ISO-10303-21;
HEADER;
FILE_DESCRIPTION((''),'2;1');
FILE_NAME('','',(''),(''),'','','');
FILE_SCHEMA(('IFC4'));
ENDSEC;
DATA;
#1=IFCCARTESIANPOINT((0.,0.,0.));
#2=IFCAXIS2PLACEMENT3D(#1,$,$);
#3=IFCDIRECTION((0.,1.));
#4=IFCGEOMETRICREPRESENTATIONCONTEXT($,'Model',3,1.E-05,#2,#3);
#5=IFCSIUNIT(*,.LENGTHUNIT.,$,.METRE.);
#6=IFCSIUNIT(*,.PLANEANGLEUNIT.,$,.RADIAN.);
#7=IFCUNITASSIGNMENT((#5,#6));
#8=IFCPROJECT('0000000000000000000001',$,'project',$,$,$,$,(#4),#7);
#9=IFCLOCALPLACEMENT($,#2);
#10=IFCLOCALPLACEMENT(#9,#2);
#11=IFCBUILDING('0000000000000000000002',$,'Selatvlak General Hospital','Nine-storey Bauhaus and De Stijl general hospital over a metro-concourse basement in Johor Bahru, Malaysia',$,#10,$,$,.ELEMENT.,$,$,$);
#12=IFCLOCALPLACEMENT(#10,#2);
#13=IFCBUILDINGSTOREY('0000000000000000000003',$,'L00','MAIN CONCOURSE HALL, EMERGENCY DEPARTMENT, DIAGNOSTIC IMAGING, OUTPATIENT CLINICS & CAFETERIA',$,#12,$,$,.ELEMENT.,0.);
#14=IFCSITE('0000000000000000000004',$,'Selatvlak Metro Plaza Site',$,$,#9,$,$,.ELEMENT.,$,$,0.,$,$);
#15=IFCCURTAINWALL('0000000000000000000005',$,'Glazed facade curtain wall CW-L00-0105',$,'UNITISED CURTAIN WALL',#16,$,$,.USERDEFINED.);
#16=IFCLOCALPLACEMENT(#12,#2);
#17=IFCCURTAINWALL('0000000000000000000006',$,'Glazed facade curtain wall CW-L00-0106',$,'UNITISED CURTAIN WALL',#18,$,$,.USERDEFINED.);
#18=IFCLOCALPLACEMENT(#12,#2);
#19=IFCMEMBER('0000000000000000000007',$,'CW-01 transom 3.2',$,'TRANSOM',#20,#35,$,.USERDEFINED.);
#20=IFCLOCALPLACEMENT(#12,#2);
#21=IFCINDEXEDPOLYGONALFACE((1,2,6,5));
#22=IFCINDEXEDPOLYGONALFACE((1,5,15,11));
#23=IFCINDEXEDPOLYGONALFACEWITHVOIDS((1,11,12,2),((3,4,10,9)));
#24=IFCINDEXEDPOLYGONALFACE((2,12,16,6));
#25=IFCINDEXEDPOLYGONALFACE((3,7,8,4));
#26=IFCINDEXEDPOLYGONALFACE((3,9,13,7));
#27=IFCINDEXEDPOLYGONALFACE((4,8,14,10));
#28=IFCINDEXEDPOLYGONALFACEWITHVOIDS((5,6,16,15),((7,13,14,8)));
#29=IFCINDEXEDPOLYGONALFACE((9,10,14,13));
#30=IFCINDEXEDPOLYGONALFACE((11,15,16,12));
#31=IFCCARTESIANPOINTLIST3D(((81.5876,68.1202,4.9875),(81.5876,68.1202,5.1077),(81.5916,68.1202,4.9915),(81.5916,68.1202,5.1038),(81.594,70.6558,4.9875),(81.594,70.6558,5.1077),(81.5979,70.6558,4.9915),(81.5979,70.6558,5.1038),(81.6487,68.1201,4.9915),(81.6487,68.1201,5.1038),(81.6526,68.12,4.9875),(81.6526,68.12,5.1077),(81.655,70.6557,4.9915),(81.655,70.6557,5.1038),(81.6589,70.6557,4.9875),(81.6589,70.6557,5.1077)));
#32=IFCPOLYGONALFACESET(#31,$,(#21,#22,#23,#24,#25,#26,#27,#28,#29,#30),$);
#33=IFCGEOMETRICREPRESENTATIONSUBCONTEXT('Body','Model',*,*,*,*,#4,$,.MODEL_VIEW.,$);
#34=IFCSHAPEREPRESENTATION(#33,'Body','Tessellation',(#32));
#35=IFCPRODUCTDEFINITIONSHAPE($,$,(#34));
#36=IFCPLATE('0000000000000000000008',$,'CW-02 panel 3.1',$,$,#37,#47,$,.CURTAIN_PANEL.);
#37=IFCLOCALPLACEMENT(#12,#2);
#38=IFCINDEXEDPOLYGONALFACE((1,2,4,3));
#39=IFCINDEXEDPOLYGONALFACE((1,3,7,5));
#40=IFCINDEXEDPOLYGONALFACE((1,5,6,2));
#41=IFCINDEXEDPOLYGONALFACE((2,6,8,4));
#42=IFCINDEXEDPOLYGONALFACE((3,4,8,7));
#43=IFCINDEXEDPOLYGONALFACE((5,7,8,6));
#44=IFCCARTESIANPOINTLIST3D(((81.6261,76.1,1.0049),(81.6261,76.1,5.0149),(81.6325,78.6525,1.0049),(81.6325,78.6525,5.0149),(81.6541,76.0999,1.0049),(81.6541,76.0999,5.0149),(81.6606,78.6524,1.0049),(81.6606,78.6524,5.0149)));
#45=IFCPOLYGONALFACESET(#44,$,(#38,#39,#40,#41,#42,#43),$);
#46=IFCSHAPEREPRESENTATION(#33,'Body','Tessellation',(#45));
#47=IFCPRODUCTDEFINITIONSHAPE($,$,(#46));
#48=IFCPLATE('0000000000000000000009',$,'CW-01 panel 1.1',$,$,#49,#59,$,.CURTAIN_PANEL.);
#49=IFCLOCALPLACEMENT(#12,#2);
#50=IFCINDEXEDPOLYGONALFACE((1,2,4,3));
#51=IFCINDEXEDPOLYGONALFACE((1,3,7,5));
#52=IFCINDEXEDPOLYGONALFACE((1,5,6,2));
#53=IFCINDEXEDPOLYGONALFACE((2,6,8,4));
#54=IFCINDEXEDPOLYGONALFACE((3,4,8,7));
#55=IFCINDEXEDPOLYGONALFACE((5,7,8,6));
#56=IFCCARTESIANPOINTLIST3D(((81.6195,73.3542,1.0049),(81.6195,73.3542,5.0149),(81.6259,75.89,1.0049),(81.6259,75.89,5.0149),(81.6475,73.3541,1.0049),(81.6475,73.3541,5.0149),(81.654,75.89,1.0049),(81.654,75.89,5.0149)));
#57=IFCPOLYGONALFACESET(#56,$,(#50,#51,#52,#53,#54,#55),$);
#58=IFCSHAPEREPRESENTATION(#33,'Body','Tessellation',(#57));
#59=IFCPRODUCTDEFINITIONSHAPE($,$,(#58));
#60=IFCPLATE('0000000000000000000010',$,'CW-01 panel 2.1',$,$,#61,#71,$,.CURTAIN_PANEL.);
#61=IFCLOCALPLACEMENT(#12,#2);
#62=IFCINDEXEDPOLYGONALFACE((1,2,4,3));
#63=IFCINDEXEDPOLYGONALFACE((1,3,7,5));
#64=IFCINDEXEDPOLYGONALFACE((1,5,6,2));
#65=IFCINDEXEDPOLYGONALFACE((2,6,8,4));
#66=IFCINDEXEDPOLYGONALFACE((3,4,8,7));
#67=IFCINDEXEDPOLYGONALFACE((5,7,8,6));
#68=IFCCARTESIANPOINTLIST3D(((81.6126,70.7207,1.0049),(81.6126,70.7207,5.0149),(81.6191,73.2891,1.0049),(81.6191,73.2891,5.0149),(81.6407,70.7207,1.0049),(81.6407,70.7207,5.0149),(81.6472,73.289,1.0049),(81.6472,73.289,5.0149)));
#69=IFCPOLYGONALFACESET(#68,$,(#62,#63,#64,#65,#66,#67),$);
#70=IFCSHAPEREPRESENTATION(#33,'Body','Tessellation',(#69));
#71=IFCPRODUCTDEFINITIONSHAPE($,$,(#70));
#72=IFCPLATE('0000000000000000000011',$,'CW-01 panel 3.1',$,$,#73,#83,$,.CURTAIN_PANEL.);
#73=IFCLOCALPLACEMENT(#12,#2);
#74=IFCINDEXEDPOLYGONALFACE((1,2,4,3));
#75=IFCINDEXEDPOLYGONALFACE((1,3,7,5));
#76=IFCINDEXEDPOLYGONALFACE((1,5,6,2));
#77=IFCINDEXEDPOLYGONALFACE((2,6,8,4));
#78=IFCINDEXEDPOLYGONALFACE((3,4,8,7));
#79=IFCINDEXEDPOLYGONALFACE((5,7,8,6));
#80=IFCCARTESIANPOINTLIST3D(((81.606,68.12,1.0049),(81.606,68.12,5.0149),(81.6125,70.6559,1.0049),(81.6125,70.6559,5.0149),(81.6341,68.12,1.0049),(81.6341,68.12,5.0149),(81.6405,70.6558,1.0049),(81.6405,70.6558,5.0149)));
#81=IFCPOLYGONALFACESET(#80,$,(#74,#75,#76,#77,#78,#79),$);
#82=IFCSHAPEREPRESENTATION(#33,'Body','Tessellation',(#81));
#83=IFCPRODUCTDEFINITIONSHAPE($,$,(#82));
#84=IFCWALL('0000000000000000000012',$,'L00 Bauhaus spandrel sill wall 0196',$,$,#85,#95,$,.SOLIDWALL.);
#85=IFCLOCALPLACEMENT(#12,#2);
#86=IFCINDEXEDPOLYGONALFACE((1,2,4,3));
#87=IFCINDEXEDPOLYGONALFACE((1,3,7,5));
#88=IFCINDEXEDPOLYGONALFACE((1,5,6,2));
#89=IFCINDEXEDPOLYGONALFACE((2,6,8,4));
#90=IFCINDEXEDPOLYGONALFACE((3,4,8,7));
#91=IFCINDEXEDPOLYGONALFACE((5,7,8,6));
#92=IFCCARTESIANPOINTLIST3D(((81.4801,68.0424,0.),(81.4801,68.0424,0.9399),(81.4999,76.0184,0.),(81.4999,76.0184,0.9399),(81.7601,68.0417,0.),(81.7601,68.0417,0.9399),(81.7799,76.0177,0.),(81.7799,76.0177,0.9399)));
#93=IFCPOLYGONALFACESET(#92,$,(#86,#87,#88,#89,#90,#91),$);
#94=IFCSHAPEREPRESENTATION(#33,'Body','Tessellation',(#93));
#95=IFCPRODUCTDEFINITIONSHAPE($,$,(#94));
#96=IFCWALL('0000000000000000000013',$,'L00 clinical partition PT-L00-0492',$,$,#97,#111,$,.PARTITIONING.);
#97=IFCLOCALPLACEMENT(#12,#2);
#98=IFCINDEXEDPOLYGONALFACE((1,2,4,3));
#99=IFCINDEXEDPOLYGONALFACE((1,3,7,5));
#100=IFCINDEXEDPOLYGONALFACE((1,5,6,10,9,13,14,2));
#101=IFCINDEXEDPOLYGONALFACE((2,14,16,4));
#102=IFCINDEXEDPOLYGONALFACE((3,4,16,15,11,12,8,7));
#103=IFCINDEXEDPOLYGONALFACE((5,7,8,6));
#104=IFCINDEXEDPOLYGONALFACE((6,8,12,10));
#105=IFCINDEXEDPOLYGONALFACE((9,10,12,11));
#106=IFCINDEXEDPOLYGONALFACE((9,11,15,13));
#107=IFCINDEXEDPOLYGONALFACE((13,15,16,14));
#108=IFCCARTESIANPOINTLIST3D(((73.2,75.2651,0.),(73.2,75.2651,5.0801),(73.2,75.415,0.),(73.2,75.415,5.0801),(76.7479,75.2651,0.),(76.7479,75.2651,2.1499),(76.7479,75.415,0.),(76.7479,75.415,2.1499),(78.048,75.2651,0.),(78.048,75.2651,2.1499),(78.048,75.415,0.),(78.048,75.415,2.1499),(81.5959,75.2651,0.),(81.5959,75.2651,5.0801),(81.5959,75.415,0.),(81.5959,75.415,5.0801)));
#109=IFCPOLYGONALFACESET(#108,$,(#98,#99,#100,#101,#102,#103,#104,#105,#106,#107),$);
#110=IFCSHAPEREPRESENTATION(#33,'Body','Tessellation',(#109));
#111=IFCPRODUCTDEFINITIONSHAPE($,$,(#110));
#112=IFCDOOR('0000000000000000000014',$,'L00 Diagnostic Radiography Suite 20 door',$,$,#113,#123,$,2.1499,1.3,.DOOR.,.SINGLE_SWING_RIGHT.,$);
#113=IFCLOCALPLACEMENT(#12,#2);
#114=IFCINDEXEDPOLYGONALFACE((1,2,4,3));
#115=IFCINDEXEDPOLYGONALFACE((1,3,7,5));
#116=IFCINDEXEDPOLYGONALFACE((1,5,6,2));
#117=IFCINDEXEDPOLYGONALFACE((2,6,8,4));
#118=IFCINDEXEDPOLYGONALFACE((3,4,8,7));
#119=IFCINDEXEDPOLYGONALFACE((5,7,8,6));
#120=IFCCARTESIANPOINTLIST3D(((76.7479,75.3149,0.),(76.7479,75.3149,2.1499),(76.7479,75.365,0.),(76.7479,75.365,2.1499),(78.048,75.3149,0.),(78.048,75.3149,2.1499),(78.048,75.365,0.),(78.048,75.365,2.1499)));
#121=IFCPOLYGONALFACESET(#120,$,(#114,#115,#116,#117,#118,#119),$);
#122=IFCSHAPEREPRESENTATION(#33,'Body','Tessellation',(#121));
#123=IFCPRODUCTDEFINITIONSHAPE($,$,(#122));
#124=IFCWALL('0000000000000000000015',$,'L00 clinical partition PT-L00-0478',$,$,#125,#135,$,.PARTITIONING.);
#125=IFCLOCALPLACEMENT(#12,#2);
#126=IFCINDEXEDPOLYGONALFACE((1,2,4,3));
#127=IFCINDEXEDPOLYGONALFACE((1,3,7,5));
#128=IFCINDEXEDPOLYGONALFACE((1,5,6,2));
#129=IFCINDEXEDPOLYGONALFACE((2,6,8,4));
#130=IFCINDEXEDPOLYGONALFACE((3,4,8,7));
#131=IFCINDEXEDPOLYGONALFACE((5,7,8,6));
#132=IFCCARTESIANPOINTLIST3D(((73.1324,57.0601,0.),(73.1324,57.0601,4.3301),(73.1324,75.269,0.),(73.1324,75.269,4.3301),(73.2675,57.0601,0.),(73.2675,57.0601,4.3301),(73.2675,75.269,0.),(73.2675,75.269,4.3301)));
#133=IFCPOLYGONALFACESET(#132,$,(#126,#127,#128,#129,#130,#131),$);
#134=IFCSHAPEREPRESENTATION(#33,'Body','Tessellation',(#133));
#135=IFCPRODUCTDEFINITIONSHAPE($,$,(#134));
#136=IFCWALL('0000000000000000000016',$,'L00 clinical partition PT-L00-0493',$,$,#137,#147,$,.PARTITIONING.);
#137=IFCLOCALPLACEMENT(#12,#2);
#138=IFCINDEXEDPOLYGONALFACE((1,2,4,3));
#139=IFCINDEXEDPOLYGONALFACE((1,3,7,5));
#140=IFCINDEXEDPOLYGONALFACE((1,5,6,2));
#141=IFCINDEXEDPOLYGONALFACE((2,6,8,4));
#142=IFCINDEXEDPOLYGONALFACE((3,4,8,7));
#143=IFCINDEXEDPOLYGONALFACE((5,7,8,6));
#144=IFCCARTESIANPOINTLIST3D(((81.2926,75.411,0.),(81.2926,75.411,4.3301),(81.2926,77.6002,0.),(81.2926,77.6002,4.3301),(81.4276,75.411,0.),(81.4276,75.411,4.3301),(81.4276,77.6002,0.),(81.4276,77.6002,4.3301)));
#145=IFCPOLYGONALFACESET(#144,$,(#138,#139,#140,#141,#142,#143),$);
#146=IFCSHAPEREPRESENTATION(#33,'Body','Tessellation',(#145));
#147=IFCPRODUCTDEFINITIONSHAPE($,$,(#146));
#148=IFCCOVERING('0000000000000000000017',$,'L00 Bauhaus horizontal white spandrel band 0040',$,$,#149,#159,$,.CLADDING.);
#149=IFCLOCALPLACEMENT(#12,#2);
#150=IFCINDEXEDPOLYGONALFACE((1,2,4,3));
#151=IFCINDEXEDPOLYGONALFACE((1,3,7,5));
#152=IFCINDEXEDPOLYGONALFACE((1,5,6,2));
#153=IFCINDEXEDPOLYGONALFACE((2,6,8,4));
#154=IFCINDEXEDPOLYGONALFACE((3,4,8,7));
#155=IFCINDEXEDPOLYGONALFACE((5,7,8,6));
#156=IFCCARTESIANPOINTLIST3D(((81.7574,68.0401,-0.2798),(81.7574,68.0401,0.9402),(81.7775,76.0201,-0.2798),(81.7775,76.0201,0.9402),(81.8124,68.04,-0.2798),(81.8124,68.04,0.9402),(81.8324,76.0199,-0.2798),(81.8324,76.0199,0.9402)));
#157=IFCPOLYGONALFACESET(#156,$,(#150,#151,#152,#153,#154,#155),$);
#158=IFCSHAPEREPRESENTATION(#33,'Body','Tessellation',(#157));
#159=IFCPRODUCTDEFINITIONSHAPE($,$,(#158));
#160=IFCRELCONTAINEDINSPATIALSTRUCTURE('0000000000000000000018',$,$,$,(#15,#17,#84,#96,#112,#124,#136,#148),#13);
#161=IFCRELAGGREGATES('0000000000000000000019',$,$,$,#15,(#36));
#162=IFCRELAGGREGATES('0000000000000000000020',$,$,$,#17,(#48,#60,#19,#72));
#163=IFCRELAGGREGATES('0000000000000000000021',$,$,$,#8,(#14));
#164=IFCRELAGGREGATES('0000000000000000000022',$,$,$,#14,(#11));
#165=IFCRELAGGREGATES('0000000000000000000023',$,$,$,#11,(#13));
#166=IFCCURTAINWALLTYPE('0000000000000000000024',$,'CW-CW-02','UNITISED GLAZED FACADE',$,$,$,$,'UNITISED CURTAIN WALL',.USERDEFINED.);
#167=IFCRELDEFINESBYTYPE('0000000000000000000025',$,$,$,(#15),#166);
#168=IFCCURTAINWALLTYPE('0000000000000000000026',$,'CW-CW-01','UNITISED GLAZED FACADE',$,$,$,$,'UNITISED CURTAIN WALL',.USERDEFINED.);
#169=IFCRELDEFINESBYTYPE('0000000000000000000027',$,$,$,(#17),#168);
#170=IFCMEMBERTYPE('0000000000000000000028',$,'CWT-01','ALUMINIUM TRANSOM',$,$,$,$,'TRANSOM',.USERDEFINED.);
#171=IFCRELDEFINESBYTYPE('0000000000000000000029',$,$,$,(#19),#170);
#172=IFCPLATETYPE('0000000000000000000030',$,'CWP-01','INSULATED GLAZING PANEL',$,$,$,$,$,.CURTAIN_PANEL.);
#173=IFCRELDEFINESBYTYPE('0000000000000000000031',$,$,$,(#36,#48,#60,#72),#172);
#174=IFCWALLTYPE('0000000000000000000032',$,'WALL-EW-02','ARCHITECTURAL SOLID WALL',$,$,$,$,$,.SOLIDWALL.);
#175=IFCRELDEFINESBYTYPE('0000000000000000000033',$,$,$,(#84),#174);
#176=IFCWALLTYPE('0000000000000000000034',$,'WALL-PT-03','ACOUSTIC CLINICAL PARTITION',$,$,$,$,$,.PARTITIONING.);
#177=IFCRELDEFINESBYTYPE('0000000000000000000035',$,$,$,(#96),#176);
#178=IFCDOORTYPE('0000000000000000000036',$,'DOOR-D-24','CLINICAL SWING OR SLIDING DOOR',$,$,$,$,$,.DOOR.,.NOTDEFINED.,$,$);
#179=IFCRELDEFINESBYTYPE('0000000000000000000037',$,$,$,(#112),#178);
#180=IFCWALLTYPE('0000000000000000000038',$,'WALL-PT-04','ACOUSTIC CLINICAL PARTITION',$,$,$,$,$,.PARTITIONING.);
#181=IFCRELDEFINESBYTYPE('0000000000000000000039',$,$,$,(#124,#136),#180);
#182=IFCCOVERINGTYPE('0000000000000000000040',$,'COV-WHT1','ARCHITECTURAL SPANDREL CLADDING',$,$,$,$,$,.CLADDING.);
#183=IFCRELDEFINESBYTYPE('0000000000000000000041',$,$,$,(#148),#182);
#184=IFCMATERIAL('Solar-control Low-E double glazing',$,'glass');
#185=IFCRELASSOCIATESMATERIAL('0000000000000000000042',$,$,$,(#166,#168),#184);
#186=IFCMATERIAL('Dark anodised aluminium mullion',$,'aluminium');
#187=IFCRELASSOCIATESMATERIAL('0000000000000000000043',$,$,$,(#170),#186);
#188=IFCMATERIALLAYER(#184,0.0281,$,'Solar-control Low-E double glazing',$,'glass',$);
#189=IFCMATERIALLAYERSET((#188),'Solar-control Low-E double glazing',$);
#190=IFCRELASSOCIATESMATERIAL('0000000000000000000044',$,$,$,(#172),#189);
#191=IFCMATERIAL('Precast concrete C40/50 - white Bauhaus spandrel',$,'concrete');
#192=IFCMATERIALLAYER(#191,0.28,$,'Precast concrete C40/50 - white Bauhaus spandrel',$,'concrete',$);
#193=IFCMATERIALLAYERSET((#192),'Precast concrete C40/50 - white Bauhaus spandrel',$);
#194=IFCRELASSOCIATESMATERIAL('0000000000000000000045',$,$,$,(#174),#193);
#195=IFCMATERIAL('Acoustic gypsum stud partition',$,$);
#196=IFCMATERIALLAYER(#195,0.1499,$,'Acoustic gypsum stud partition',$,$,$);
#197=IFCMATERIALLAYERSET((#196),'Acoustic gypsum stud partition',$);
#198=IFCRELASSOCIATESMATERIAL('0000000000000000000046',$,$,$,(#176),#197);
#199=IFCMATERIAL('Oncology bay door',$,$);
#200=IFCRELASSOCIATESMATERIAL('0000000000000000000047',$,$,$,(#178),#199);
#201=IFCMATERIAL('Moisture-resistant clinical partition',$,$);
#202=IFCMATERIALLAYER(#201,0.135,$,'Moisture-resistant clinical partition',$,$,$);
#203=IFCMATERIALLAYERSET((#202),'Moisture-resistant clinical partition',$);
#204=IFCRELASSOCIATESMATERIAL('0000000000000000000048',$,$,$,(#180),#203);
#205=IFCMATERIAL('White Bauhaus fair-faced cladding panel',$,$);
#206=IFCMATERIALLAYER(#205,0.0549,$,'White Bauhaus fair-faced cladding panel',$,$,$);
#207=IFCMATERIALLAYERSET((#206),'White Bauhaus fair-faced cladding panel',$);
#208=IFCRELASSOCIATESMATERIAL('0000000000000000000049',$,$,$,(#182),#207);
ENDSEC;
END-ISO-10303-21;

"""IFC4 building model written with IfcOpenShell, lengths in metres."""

from ifc_helpers import new_model, si_unit, direction, frame, frame_2d, origin, origin_2d, place, context, subcontext, project, spatial, rectangle, hollow_rectangle, extrude, material, layer, layer_set, material_profile, profile_set, type_object, element, fill, aggregate, save


model = new_model("IFC4")

# Units and contexts
model_context = context("Model", 3, precision=1e-05, world=origin(), true_north=direction((0.0, 1.0)))
body_context = subcontext(model_context, "Body", "Model", "MODEL_VIEW")
ifc_project = project(units=[si_unit("LENGTHUNIT", "METRE"), si_unit("PLANEANGLEUNIT", "RADIAN")], contexts=[model_context])

# Site, building, storey
site_placement = place(None, origin())
site = spatial("IfcSite", under=ifc_project, at=site_placement, Name="Selatvlak Metro Plaza Site", CompositionType="ELEMENT", RefElevation=0.0)
building_placement = place(site_placement, origin())
building = spatial("IfcBuilding", under=site, at=building_placement, Name="Selatvlak General Hospital", Description="Nine-storey Bauhaus and De Stijl general hospital over a metro-concourse basement in Johor Bahru, Malaysia", CompositionType="ELEMENT")
storey_placement = place(building_placement, origin())
storey = spatial("IfcBuildingStorey", under=building, at=storey_placement, Name="L00", Description="MAIN CONCOURSE HALL, EMERGENCY DEPARTMENT, DIAGNOSTIC IMAGING, OUTPATIENT CLINICS & CAFETERIA", CompositionType="ELEMENT", Elevation=0.0)

# Curtain wall
ifc_material_1 = material(Name="Solar-control Low-E double glazing", Category="glass")
curtain_wall_type_1 = type_object("IfcCurtainWallType", Name="CW-CW-02", Description="UNITISED GLAZED FACADE", ElementType="UNITISED CURTAIN WALL", PredefinedType="USERDEFINED", material=ifc_material_1)
curtain_wall_1_placement = place(storey_placement, origin())
curtain_wall_1 = element("IfcCurtainWall", 1, at=curtain_wall_1_placement, inside=storey, type_object=curtain_wall_type_1, Name="Glazed facade curtain wall CW-L00-0105", ObjectType="UNITISED CURTAIN WALL", PredefinedType="USERDEFINED")
ifc_material_2 = material(Name="Dark anodised aluminium mullion", Category="aluminium")

# Curtain wall
curtain_wall_type_2 = type_object("IfcCurtainWallType", Name="CW-CW-01", Description="UNITISED GLAZED FACADE", ElementType="UNITISED CURTAIN WALL", PredefinedType="USERDEFINED", material=ifc_material_1)
curtain_wall_2_placement = place(storey_placement, origin())
curtain_wall_2 = element("IfcCurtainWall", 2, at=curtain_wall_2_placement, inside=storey, type_object=curtain_wall_type_2, Name="Glazed facade curtain wall CW-L00-0106", ObjectType="UNITISED CURTAIN WALL", PredefinedType="USERDEFINED")

# Member
ifc_material_profile_1 = material_profile(ifc_material_2, hollow_rectangle(XDim=0.0649, YDim=0.1201, WallThickness=0.0039, at=origin_2d()), Name="AL-TRN 65x120x4")
ifc_profile_set_1 = profile_set([ifc_material_profile_1], Name="Dark anodised aluminium mullion")
member_type_1 = type_object("IfcMemberType", Name="CWT-01", Description="ALUMINIUM TRANSOM", ElementType="TRANSOM", PredefinedType="USERDEFINED", material=ifc_profile_set_1)
member_1_placement = place(storey_placement, frame((81.6265, 70.6558, 5.0476), z_axis=(-0.002503, -0.999997, 0.0), x_axis=(0.999997, -0.002503, 0.0)))
member_1 = element("IfcMember", 3, at=member_1_placement, type_object=member_type_1, Name="CW-01 transom 3.2", ObjectType="TRANSOM", PredefinedType="USERDEFINED", context=body_context, shape_type="SweptSolid", body=[
    extrude(hollow_rectangle(XDim=0.0649, YDim=0.1201, WallThickness=0.0039, at=origin_2d()), origin(), (0.0, 0.0, 1.0), 2.5356),
])

# Plates
ifc_layer_1 = layer(ifc_material_1, 0.0281, Name="Solar-control Low-E double glazing", Category="glass")
ifc_layer_set_1 = layer_set([ifc_layer_1], Name="Solar-control Low-E double glazing")
plate_type = type_object("IfcPlateType", Name="CWP-01", Description="INSULATED GLAZING PANEL", PredefinedType="CURTAIN_PANEL", material=ifc_layer_set_1)
plate_1_placement = place(storey_placement, frame((81.6433, 77.3762, 1.0049), z_axis=(0.0, 0.0, 1.0), x_axis=(-0.002516, -0.999997, 0.0)))
plate_1 = element("IfcPlate", 4, at=plate_1_placement, type_object=plate_type, Name="CW-02 panel 3.1", PredefinedType="CURTAIN_PANEL", context=body_context, shape_type="SweptSolid", body=[
    extrude(rectangle(XDim=2.5525, YDim=0.0281, at=origin_2d()), origin(), (0.0, 0.0, 1.0), 4.01),
])
aggregate(curtain_wall_1, [plate_1])
plate_2_placement = place(storey_placement, frame((81.6367, 74.6221, 1.0049), z_axis=(0.0, 0.0, 1.0), x_axis=(-0.002532, -0.999997, 0.0)))
plate_2 = element("IfcPlate", 5, at=plate_2_placement, type_object=plate_type, Name="CW-01 panel 1.1", PredefinedType="CURTAIN_PANEL", context=body_context, shape_type="SweptSolid", body=[
    extrude(rectangle(XDim=2.5359, YDim=0.0281, at=origin_2d()), origin(), (0.0, 0.0, 1.0), 4.01),
])
plate_3_placement = place(storey_placement, frame((81.6299, 72.0049, 1.0049), z_axis=(0.0, 0.0, 1.0), x_axis=(-0.002532, -0.999997, 0.0)))
plate_3 = element("IfcPlate", 6, at=plate_3_placement, type_object=plate_type, Name="CW-01 panel 2.1", PredefinedType="CURTAIN_PANEL", context=body_context, shape_type="SweptSolid", body=[
    extrude(rectangle(XDim=2.5684, YDim=0.0281, at=origin_2d()), origin(), (0.0, 0.0, 1.0), 4.01),
])
plate_4_placement = place(storey_placement, frame((81.6233, 69.3879, 1.0049), z_axis=(0.0, 0.0, 1.0), x_axis=(-0.002532, -0.999997, 0.0)))
plate_4 = element("IfcPlate", 7, at=plate_4_placement, type_object=plate_type, Name="CW-01 panel 3.1", PredefinedType="CURTAIN_PANEL", context=body_context, shape_type="SweptSolid", body=[
    extrude(rectangle(XDim=2.5359, YDim=0.0281, at=origin_2d()), origin(), (0.0, 0.0, 1.0), 4.01),
])
aggregate(curtain_wall_2, [plate_2, plate_3, member_1, plate_4])

# Wall
ifc_material_3 = material(Name="Precast concrete C40/50 - white Bauhaus spandrel", Category="concrete")
ifc_layer_2 = layer(ifc_material_3, 0.28, Name="Precast concrete C40/50 - white Bauhaus spandrel", Category="concrete")
ifc_layer_set_2 = layer_set([ifc_layer_2], Name="Precast concrete C40/50 - white Bauhaus spandrel")
wall_type_1 = type_object("IfcWallType", Name="WALL-EW-02", Description="ARCHITECTURAL SOLID WALL", PredefinedType="SOLIDWALL", material=ifc_layer_set_2)
wall_1_placement = place(storey_placement, frame((81.6399, 76.0181, 0.0), z_axis=(0.0, 0.0, 1.0), x_axis=(-0.002479, -0.999997, 0.0)))
element("IfcWall", 8, at=wall_1_placement, inside=storey, type_object=wall_type_1, Name="L00 Bauhaus spandrel sill wall 0196", PredefinedType="SOLIDWALL", context=body_context, shape_type="SweptSolid", body=[
    extrude(rectangle(XDim=7.9761, YDim=0.28, at=frame_2d((3.988, 0.0))), origin(), (0.0, 0.0, 1.0), 0.9399),
])

# Wall, opening, door
ifc_material_4 = material(Name="Acoustic gypsum stud partition")
ifc_layer_3 = layer(ifc_material_4, 0.1499, Name="Acoustic gypsum stud partition")
ifc_layer_set_3 = layer_set([ifc_layer_3], Name="Acoustic gypsum stud partition")
wall_type_2 = type_object("IfcWallType", Name="WALL-PT-03", Description="ACOUSTIC CLINICAL PARTITION", PredefinedType="PARTITIONING", material=ifc_layer_set_3)
wall_2_placement = place(storey_placement, frame((73.2, 75.3401, 0.0), z_axis=(0.0, 0.0, 1.0), x_axis=(1.0, 0.0, 0.0)))
wall_2 = element("IfcWall", 9, at=wall_2_placement, inside=storey, type_object=wall_type_2, Name="L00 clinical partition PT-L00-0492", PredefinedType="PARTITIONING", context=body_context, shape_type="SweptSolid", body=[
    extrude(rectangle(XDim=8.396, YDim=0.1499, at=frame_2d((4.198, 0.0))), origin(), (0.0, 0.0, 1.0), 5.0801),
])
opening_placement = place(wall_2_placement, frame((3.5481, 0.0, 0.0)))
opening = element("IfcOpeningElement", 10, at=opening_placement, cuts=wall_2, PredefinedType="OPENING", context=body_context, shape_type="SweptSolid", body=[
    extrude(rectangle(XDim=1.3, YDim=2.1499, at=frame_2d((0.6499, 1.075))), frame((0.0, 0.085, 0.0), z_axis=(0.0, -1.0, 0.0), x_axis=(1.0, 0.0, 0.0)), (0.0, 0.0, 1.0), 0.1699),
])
ifc_material_5 = material(Name="Oncology bay door")
door_type = type_object("IfcDoorType", Name="DOOR-D-24", Description="CLINICAL SWING OR SLIDING DOOR", OperationType="NOTDEFINED", PredefinedType="DOOR", material=ifc_material_5)
door_placement = place(opening_placement, origin())
door = element("IfcDoor", 11, at=door_placement, inside=storey, type_object=door_type, Name="L00 Diagnostic Radiography Suite 20 door", OperationType="SINGLE_SWING_RIGHT", OverallHeight=2.1499, OverallWidth=1.3, PredefinedType="DOOR", context=body_context, shape_type="SweptSolid", body=[
    extrude(rectangle(XDim=1.3, YDim=2.1499, at=frame_2d((0.6499, 1.075))), frame((0.0, 0.0249, 0.0), z_axis=(0.0, -1.0, 0.0), x_axis=(1.0, 0.0, 0.0)), (0.0, 0.0, 1.0), 0.05),
])
fill(opening, door)

# Walls
ifc_material_6 = material(Name="Moisture-resistant clinical partition")
ifc_layer_4 = layer(ifc_material_6, 0.135, Name="Moisture-resistant clinical partition")
ifc_layer_set_4 = layer_set([ifc_layer_4], Name="Moisture-resistant clinical partition")
wall_type_3 = type_object("IfcWallType", Name="WALL-PT-04", Description="ACOUSTIC CLINICAL PARTITION", PredefinedType="PARTITIONING", material=ifc_layer_set_4)
wall_3_placement = place(storey_placement, frame((73.2, 75.269, 0.0), z_axis=(0.0, 0.0, 1.0), x_axis=(0.0, -1.0, 0.0)))
element("IfcWall", 12, at=wall_3_placement, inside=storey, type_object=wall_type_3, Name="L00 clinical partition PT-L00-0478", PredefinedType="PARTITIONING", context=body_context, shape_type="SweptSolid", body=[
    extrude(rectangle(XDim=18.209, YDim=0.135, at=frame_2d((9.1045, 0.0))), origin(), (0.0, 0.0, 1.0), 4.3301),
])
wall_4_placement = place(storey_placement, frame((81.3601, 75.4109, 0.0), z_axis=(0.0, 0.0, 1.0), x_axis=(0.0, 1.0, 0.0)))
element("IfcWall", 13, at=wall_4_placement, inside=storey, type_object=wall_type_3, Name="L00 clinical partition PT-L00-0493", PredefinedType="PARTITIONING", context=body_context, shape_type="SweptSolid", body=[
    extrude(rectangle(XDim=2.1892, YDim=0.135, at=frame_2d((1.0947, 0.0))), origin(), (0.0, 0.0, 1.0), 4.3301),
])

# Covering
ifc_material_7 = material(Name="White Bauhaus fair-faced cladding panel")
ifc_layer_5 = layer(ifc_material_7, 0.0549, Name="White Bauhaus fair-faced cladding panel")
ifc_layer_set_5 = layer_set([ifc_layer_5], Name="White Bauhaus fair-faced cladding panel")
covering_type = type_object("IfcCoveringType", Name="COV-WHT1", Description="ARCHITECTURAL SPANDREL CLADDING", PredefinedType="CLADDING", material=ifc_layer_set_5)
covering_placement = place(storey_placement, frame((81.7949, 72.03, -0.2798), z_axis=(0.0, 0.0, 1.0), x_axis=(-0.002513, -0.999997, 0.0)))
element("IfcCovering", 14, at=covering_placement, inside=storey, type_object=covering_type, Name="L00 Bauhaus horizontal white spandrel band 0040", PredefinedType="CLADDING", context=body_context, shape_type="SweptSolid", body=[
    extrude(rectangle(XDim=7.98, YDim=0.0549, at=origin_2d()), origin(), (0.0, 0.0, 1.0), 1.22),
])

save(model, "model.ifc")
